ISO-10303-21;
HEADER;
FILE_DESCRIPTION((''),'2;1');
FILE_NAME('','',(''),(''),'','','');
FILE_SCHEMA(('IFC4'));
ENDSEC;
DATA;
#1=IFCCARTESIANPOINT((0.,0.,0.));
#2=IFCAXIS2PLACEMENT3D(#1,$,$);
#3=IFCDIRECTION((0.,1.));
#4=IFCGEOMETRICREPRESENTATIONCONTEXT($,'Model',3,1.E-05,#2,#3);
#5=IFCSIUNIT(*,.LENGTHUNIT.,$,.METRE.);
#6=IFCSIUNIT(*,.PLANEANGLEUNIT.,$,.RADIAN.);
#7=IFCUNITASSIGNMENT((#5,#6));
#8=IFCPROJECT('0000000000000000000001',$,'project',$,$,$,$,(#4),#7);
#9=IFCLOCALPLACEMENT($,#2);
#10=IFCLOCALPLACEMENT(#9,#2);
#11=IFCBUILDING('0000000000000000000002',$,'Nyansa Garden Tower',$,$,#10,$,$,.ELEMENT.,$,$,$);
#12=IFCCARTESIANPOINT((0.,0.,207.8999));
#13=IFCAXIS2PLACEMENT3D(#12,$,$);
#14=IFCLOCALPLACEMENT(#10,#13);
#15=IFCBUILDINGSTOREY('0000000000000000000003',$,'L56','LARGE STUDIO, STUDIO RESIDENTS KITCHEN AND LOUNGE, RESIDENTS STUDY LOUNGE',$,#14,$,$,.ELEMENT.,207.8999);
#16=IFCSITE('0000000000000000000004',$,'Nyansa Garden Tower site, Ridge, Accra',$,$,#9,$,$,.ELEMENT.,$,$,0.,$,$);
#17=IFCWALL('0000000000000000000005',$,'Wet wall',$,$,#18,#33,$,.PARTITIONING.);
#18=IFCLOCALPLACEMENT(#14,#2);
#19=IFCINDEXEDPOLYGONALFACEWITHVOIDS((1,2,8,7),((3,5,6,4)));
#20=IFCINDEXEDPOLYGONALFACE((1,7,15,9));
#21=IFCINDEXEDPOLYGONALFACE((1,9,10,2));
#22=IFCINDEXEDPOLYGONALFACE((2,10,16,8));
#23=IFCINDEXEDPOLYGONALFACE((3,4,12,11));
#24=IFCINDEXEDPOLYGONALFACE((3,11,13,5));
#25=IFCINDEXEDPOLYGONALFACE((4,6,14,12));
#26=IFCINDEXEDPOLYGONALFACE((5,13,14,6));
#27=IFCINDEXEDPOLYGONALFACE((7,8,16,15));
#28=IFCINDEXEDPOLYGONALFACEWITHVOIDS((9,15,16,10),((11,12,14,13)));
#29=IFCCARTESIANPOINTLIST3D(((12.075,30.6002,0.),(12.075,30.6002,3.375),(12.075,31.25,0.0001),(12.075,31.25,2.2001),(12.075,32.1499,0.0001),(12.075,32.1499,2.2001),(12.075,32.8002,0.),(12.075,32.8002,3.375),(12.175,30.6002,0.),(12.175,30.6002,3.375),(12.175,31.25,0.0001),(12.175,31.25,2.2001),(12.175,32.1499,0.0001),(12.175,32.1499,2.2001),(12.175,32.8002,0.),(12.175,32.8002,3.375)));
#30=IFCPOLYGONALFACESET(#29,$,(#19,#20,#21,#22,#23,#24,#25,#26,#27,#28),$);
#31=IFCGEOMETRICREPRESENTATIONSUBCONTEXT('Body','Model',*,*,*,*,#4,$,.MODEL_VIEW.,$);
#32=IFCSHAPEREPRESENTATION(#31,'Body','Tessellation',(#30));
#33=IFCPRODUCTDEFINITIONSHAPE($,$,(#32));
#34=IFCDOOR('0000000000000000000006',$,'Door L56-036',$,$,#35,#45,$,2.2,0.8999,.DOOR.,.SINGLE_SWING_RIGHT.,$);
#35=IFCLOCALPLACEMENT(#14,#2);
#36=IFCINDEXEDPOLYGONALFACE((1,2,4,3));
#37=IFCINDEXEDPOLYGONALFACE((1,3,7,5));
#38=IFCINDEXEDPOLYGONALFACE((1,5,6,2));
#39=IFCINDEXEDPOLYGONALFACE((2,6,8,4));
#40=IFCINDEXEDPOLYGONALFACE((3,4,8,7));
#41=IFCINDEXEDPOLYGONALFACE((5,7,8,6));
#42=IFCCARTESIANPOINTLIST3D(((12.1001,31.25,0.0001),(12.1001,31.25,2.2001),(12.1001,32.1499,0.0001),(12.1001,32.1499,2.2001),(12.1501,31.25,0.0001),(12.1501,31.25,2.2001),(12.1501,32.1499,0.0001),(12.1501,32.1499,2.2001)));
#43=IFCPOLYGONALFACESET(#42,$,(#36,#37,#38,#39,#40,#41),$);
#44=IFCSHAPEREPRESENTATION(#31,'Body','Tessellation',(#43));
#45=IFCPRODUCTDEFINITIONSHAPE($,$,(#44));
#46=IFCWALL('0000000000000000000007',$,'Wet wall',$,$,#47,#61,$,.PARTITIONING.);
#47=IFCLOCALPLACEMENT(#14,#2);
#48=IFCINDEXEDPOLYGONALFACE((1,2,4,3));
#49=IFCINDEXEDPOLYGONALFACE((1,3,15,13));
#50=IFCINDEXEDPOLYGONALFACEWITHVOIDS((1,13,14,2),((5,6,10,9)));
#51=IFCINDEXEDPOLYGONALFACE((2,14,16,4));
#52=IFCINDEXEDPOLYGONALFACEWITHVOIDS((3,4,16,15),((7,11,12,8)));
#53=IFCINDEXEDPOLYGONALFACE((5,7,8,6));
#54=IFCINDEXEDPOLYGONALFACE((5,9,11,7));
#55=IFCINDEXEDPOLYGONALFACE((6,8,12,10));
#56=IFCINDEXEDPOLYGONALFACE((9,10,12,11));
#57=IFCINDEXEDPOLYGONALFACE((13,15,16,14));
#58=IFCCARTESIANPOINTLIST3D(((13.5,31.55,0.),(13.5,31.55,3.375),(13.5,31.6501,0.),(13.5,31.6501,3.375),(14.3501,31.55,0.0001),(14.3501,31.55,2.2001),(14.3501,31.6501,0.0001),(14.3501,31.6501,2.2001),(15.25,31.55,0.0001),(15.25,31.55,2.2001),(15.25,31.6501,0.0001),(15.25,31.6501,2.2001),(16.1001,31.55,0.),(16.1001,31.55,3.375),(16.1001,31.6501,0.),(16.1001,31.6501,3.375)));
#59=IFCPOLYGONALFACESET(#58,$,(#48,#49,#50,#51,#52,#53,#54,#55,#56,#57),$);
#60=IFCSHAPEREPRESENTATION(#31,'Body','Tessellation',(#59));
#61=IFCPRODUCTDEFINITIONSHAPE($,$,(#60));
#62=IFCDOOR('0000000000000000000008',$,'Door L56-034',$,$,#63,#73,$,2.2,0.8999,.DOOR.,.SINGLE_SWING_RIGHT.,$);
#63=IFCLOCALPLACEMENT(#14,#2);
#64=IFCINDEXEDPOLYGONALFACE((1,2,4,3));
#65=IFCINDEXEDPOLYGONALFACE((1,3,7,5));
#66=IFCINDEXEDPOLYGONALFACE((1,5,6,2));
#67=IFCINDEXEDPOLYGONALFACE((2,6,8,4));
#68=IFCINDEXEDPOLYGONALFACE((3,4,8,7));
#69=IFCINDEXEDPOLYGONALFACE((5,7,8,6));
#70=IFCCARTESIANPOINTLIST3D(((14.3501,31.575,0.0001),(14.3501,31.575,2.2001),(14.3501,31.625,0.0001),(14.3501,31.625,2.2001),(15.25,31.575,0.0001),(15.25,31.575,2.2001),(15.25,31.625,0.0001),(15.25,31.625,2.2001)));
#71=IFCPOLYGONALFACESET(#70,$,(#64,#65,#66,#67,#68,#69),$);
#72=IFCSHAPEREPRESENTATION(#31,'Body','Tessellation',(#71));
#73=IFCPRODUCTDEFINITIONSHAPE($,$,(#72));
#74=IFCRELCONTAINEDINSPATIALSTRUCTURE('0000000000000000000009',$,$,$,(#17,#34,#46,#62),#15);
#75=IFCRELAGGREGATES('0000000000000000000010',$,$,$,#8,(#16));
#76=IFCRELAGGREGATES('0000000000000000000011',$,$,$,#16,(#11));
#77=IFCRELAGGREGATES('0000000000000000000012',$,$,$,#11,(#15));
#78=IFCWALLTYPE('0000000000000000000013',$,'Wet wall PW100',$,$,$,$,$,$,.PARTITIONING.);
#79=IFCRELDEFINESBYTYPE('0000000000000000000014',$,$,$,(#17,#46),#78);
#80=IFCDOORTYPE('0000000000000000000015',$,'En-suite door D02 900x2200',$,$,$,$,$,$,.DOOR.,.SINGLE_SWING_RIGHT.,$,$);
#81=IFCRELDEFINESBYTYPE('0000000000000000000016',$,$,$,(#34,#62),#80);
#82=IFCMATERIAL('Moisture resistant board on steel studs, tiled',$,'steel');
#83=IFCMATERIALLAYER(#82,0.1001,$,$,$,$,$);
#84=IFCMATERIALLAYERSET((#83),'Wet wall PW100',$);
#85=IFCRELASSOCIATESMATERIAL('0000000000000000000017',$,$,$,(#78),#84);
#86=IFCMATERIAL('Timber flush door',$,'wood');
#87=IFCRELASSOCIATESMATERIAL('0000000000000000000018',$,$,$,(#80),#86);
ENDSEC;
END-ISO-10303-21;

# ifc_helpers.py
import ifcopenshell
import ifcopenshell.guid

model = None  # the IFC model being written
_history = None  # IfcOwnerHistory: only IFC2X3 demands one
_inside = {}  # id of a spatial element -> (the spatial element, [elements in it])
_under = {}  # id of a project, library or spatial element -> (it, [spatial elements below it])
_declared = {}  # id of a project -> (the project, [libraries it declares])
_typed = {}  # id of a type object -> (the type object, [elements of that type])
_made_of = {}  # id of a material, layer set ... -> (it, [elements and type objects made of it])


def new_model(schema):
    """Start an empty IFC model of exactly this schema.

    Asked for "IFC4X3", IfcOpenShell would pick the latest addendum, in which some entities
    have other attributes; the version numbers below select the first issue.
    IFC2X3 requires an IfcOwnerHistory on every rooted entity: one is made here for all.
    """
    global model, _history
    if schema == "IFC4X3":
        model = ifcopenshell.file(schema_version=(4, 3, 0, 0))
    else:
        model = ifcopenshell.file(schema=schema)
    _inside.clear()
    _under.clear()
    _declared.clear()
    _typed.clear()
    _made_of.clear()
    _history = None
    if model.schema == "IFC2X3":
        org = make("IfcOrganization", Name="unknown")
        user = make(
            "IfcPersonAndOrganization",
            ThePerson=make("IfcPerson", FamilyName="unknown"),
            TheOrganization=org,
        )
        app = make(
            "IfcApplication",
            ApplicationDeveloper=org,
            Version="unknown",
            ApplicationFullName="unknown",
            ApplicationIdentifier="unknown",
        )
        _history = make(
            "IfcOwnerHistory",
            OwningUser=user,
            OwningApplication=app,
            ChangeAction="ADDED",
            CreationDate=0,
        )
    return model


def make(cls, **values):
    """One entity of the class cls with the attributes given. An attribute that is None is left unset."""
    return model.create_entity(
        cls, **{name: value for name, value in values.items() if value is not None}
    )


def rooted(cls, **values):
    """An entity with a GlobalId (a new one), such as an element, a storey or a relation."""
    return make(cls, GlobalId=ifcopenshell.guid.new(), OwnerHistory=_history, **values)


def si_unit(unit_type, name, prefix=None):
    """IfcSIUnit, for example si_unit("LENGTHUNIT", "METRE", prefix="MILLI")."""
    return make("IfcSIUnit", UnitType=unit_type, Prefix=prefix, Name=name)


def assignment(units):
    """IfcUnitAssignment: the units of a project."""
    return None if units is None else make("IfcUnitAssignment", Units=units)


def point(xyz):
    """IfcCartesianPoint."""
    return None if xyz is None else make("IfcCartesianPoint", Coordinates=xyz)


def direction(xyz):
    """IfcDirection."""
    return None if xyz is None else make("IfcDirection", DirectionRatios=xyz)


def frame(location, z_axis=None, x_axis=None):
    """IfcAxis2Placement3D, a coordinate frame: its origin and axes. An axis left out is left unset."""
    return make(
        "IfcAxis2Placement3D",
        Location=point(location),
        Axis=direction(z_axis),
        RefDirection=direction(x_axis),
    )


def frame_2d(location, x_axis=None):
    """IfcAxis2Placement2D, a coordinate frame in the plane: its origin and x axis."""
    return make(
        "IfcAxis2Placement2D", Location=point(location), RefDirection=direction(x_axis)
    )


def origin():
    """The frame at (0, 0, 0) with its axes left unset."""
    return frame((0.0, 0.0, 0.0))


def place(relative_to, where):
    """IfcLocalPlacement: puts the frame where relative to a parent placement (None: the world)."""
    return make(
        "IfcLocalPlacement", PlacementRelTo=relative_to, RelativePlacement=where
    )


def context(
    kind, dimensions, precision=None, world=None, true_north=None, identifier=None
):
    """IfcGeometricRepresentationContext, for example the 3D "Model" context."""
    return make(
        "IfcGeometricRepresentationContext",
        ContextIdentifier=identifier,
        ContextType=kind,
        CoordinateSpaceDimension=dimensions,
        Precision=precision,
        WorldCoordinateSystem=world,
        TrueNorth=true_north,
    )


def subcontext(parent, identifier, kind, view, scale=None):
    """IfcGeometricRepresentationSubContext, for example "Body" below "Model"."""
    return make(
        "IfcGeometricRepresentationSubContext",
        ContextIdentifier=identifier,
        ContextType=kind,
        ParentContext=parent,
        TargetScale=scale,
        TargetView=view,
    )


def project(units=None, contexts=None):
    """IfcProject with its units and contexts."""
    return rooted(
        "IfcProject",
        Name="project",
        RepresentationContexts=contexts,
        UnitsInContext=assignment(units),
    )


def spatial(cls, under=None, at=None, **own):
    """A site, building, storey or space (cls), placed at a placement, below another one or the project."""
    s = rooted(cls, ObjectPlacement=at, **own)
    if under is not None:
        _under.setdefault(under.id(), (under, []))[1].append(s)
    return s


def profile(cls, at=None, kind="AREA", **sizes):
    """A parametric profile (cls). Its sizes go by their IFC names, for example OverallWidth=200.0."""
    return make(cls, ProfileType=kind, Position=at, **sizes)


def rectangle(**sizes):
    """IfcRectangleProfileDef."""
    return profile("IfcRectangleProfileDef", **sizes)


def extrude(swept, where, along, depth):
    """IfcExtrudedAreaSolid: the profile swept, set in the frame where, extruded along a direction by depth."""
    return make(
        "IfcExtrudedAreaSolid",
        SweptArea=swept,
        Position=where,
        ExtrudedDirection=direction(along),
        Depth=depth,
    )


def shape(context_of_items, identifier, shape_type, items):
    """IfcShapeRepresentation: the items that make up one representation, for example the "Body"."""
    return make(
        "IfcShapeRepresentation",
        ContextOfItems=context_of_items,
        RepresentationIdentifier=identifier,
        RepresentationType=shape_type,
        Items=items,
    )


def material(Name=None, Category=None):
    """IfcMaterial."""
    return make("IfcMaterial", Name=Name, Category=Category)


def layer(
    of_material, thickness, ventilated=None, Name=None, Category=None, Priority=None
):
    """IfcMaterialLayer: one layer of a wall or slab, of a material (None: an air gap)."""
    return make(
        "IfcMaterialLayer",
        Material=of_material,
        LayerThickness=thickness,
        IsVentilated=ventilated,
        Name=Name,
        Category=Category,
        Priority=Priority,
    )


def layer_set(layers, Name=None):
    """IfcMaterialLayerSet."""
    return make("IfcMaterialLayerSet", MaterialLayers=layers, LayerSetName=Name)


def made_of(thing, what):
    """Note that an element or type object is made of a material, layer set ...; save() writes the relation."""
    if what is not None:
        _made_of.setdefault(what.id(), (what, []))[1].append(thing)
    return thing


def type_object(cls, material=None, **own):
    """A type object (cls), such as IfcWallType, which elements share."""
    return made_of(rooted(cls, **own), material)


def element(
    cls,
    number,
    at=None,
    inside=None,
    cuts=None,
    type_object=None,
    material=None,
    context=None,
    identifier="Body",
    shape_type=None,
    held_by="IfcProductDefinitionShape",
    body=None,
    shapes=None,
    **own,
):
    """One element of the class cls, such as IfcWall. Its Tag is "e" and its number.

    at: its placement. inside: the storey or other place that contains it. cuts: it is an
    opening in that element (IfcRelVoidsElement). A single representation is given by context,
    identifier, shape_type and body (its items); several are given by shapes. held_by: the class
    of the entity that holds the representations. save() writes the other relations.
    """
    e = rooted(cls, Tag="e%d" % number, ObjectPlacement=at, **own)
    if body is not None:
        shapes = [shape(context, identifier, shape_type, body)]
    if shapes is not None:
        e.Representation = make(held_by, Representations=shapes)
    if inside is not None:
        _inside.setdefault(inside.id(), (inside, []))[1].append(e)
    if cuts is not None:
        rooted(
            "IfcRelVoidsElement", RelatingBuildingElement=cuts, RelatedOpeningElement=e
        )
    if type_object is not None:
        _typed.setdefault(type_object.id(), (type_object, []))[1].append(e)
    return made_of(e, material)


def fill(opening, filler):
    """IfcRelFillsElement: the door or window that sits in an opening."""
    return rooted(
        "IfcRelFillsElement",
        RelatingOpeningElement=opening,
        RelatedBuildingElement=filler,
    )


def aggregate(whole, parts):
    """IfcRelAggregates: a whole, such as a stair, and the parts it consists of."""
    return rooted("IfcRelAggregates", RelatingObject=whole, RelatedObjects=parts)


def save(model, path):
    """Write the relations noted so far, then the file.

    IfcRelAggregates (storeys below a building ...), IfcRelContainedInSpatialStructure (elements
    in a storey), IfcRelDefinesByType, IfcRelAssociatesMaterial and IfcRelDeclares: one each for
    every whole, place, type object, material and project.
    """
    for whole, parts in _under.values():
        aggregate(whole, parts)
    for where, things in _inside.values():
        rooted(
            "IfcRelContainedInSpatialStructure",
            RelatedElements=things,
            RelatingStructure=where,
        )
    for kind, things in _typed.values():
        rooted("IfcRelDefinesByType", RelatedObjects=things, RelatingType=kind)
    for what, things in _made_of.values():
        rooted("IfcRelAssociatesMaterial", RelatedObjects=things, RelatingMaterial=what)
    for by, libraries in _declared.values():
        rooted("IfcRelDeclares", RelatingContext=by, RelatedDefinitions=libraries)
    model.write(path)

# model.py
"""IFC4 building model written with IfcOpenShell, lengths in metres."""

from ifc_helpers import new_model, si_unit, direction, frame, frame_2d, origin, place, context, subcontext, project, spatial, rectangle, extrude, material, layer, layer_set, type_object, element, fill, save


model = new_model("IFC4")

# Units and contexts
model_context = context("Model", 3, precision=1e-05, world=origin(), true_north=direction((0.0, 1.0)))
body_context = subcontext(model_context, "Body", "Model", "MODEL_VIEW")
ifc_project = project(units=[si_unit("LENGTHUNIT", "METRE"), si_unit("PLANEANGLEUNIT", "RADIAN")], contexts=[model_context])

# Site, building, storey
site_placement = place(None, origin())
site = spatial("IfcSite", under=ifc_project, at=site_placement, Name="Nyansa Garden Tower site, Ridge, Accra", CompositionType="ELEMENT", RefElevation=0.0)
building_placement = place(site_placement, origin())
building = spatial("IfcBuilding", under=site, at=building_placement, Name="Nyansa Garden Tower", CompositionType="ELEMENT")
storey_placement = place(building_placement, frame((0.0, 0.0, 207.8999)))
storey = spatial("IfcBuildingStorey", under=building, at=storey_placement, Name="L56", Description="LARGE STUDIO, STUDIO RESIDENTS KITCHEN AND LOUNGE, RESIDENTS STUDY LOUNGE", CompositionType="ELEMENT", Elevation=207.8999)

# Walls, openings, doors
ifc_material_1 = material(Name="Moisture resistant board on steel studs, tiled", Category="steel")
ifc_layer_1 = layer(ifc_material_1, 0.1001)
ifc_layer_set_1 = layer_set([ifc_layer_1], Name="Wet wall PW100")
wall_type_1 = type_object("IfcWallType", Name="Wet wall PW100", PredefinedType="PARTITIONING", material=ifc_layer_set_1)
wall_1_placement = place(storey_placement, frame((12.125, 30.6001, 0.0), z_axis=(0.0, 0.0, 1.0), x_axis=(0.0, 1.0, 0.0)))
wall_1 = element("IfcWall", 1, at=wall_1_placement, inside=storey, type_object=wall_type_1, Name="Wet wall", PredefinedType="PARTITIONING", context=body_context, shape_type="SweptSolid", body=[
    extrude(rectangle(XDim=2.2, YDim=0.1001, at=frame_2d((1.1001, 0.0))), origin(), (0.0, 0.0, 1.0), 3.375),
])
opening_1_placement = place(wall_1_placement, frame((0.6499, 0.0, 0.0)))
opening_1 = element("IfcOpeningElement", 2, at=opening_1_placement, cuts=wall_1, PredefinedType="OPENING", context=body_context, shape_type="SweptSolid", body=[
    extrude(rectangle(XDim=0.8999, YDim=2.2, at=frame_2d((0.45, 1.1001))), frame((0.0, 0.0601, 0.0), z_axis=(0.0, -1.0, 0.0), x_axis=(1.0, 0.0, 0.0)), (0.0, 0.0, 1.0), 0.1201),
])
ifc_material_2 = material(Name="Timber flush door", Category="wood")
door_type_1 = type_object("IfcDoorType", Name="En-suite door D02 900x2200", OperationType="SINGLE_SWING_RIGHT", PredefinedType="DOOR", material=ifc_material_2)
door_1_placement = place(opening_1_placement, origin())
door_1 = element("IfcDoor", 3, at=door_1_placement, inside=storey, type_object=door_type_1, Name="Door L56-036", OperationType="SINGLE_SWING_RIGHT", OverallHeight=2.2, OverallWidth=0.8999, PredefinedType="DOOR", context=body_context, shape_type="SweptSolid", body=[
    extrude(rectangle(XDim=0.8999, YDim=2.2, at=frame_2d((0.45, 1.1001))), frame((0.0, 0.0249, 0.0), z_axis=(0.0, -1.0, 0.0), x_axis=(1.0, 0.0, 0.0)), (0.0, 0.0, 1.0), 0.05),
])
fill(opening_1, door_1)
wall_2_placement = place(storey_placement, frame((13.5, 31.6001, 0.0), z_axis=(0.0, 0.0, 1.0), x_axis=(1.0, 0.0, 0.0)))
wall_2 = element("IfcWall", 4, at=wall_2_placement, inside=storey, type_object=wall_type_1, Name="Wet wall", PredefinedType="PARTITIONING", context=body_context, shape_type="SweptSolid", body=[
    extrude(rectangle(XDim=2.6001, YDim=0.1001, at=frame_2d((1.3, 0.0))), origin(), (0.0, 0.0, 1.0), 3.375),
])
opening_2_placement = place(wall_2_placement, frame((0.8501, 0.0, 0.0)))
opening_2 = element("IfcOpeningElement", 5, at=opening_2_placement, cuts=wall_2, PredefinedType="OPENING", context=body_context, shape_type="SweptSolid", body=[
    extrude(rectangle(XDim=0.8999, YDim=2.2, at=frame_2d((0.45, 1.1001))), frame((0.0, 0.0601, 0.0), z_axis=(0.0, -1.0, 0.0), x_axis=(1.0, 0.0, 0.0)), (0.0, 0.0, 1.0), 0.1201),
])
door_2_placement = place(opening_2_placement, origin())
door_2 = element("IfcDoor", 6, at=door_2_placement, inside=storey, type_object=door_type_1, Name="Door L56-034", OperationType="SINGLE_SWING_RIGHT", OverallHeight=2.2, OverallWidth=0.8999, PredefinedType="DOOR", context=body_context, shape_type="SweptSolid", body=[
    extrude(rectangle(XDim=0.8999, YDim=2.2, at=frame_2d((0.45, 1.1001))), frame((0.0, 0.0249, 0.0), z_axis=(0.0, -1.0, 0.0), x_axis=(1.0, 0.0, 0.0)), (0.0, 0.0, 1.0), 0.05),
])
fill(opening_2, door_2)

save(model, "model.ifc")
